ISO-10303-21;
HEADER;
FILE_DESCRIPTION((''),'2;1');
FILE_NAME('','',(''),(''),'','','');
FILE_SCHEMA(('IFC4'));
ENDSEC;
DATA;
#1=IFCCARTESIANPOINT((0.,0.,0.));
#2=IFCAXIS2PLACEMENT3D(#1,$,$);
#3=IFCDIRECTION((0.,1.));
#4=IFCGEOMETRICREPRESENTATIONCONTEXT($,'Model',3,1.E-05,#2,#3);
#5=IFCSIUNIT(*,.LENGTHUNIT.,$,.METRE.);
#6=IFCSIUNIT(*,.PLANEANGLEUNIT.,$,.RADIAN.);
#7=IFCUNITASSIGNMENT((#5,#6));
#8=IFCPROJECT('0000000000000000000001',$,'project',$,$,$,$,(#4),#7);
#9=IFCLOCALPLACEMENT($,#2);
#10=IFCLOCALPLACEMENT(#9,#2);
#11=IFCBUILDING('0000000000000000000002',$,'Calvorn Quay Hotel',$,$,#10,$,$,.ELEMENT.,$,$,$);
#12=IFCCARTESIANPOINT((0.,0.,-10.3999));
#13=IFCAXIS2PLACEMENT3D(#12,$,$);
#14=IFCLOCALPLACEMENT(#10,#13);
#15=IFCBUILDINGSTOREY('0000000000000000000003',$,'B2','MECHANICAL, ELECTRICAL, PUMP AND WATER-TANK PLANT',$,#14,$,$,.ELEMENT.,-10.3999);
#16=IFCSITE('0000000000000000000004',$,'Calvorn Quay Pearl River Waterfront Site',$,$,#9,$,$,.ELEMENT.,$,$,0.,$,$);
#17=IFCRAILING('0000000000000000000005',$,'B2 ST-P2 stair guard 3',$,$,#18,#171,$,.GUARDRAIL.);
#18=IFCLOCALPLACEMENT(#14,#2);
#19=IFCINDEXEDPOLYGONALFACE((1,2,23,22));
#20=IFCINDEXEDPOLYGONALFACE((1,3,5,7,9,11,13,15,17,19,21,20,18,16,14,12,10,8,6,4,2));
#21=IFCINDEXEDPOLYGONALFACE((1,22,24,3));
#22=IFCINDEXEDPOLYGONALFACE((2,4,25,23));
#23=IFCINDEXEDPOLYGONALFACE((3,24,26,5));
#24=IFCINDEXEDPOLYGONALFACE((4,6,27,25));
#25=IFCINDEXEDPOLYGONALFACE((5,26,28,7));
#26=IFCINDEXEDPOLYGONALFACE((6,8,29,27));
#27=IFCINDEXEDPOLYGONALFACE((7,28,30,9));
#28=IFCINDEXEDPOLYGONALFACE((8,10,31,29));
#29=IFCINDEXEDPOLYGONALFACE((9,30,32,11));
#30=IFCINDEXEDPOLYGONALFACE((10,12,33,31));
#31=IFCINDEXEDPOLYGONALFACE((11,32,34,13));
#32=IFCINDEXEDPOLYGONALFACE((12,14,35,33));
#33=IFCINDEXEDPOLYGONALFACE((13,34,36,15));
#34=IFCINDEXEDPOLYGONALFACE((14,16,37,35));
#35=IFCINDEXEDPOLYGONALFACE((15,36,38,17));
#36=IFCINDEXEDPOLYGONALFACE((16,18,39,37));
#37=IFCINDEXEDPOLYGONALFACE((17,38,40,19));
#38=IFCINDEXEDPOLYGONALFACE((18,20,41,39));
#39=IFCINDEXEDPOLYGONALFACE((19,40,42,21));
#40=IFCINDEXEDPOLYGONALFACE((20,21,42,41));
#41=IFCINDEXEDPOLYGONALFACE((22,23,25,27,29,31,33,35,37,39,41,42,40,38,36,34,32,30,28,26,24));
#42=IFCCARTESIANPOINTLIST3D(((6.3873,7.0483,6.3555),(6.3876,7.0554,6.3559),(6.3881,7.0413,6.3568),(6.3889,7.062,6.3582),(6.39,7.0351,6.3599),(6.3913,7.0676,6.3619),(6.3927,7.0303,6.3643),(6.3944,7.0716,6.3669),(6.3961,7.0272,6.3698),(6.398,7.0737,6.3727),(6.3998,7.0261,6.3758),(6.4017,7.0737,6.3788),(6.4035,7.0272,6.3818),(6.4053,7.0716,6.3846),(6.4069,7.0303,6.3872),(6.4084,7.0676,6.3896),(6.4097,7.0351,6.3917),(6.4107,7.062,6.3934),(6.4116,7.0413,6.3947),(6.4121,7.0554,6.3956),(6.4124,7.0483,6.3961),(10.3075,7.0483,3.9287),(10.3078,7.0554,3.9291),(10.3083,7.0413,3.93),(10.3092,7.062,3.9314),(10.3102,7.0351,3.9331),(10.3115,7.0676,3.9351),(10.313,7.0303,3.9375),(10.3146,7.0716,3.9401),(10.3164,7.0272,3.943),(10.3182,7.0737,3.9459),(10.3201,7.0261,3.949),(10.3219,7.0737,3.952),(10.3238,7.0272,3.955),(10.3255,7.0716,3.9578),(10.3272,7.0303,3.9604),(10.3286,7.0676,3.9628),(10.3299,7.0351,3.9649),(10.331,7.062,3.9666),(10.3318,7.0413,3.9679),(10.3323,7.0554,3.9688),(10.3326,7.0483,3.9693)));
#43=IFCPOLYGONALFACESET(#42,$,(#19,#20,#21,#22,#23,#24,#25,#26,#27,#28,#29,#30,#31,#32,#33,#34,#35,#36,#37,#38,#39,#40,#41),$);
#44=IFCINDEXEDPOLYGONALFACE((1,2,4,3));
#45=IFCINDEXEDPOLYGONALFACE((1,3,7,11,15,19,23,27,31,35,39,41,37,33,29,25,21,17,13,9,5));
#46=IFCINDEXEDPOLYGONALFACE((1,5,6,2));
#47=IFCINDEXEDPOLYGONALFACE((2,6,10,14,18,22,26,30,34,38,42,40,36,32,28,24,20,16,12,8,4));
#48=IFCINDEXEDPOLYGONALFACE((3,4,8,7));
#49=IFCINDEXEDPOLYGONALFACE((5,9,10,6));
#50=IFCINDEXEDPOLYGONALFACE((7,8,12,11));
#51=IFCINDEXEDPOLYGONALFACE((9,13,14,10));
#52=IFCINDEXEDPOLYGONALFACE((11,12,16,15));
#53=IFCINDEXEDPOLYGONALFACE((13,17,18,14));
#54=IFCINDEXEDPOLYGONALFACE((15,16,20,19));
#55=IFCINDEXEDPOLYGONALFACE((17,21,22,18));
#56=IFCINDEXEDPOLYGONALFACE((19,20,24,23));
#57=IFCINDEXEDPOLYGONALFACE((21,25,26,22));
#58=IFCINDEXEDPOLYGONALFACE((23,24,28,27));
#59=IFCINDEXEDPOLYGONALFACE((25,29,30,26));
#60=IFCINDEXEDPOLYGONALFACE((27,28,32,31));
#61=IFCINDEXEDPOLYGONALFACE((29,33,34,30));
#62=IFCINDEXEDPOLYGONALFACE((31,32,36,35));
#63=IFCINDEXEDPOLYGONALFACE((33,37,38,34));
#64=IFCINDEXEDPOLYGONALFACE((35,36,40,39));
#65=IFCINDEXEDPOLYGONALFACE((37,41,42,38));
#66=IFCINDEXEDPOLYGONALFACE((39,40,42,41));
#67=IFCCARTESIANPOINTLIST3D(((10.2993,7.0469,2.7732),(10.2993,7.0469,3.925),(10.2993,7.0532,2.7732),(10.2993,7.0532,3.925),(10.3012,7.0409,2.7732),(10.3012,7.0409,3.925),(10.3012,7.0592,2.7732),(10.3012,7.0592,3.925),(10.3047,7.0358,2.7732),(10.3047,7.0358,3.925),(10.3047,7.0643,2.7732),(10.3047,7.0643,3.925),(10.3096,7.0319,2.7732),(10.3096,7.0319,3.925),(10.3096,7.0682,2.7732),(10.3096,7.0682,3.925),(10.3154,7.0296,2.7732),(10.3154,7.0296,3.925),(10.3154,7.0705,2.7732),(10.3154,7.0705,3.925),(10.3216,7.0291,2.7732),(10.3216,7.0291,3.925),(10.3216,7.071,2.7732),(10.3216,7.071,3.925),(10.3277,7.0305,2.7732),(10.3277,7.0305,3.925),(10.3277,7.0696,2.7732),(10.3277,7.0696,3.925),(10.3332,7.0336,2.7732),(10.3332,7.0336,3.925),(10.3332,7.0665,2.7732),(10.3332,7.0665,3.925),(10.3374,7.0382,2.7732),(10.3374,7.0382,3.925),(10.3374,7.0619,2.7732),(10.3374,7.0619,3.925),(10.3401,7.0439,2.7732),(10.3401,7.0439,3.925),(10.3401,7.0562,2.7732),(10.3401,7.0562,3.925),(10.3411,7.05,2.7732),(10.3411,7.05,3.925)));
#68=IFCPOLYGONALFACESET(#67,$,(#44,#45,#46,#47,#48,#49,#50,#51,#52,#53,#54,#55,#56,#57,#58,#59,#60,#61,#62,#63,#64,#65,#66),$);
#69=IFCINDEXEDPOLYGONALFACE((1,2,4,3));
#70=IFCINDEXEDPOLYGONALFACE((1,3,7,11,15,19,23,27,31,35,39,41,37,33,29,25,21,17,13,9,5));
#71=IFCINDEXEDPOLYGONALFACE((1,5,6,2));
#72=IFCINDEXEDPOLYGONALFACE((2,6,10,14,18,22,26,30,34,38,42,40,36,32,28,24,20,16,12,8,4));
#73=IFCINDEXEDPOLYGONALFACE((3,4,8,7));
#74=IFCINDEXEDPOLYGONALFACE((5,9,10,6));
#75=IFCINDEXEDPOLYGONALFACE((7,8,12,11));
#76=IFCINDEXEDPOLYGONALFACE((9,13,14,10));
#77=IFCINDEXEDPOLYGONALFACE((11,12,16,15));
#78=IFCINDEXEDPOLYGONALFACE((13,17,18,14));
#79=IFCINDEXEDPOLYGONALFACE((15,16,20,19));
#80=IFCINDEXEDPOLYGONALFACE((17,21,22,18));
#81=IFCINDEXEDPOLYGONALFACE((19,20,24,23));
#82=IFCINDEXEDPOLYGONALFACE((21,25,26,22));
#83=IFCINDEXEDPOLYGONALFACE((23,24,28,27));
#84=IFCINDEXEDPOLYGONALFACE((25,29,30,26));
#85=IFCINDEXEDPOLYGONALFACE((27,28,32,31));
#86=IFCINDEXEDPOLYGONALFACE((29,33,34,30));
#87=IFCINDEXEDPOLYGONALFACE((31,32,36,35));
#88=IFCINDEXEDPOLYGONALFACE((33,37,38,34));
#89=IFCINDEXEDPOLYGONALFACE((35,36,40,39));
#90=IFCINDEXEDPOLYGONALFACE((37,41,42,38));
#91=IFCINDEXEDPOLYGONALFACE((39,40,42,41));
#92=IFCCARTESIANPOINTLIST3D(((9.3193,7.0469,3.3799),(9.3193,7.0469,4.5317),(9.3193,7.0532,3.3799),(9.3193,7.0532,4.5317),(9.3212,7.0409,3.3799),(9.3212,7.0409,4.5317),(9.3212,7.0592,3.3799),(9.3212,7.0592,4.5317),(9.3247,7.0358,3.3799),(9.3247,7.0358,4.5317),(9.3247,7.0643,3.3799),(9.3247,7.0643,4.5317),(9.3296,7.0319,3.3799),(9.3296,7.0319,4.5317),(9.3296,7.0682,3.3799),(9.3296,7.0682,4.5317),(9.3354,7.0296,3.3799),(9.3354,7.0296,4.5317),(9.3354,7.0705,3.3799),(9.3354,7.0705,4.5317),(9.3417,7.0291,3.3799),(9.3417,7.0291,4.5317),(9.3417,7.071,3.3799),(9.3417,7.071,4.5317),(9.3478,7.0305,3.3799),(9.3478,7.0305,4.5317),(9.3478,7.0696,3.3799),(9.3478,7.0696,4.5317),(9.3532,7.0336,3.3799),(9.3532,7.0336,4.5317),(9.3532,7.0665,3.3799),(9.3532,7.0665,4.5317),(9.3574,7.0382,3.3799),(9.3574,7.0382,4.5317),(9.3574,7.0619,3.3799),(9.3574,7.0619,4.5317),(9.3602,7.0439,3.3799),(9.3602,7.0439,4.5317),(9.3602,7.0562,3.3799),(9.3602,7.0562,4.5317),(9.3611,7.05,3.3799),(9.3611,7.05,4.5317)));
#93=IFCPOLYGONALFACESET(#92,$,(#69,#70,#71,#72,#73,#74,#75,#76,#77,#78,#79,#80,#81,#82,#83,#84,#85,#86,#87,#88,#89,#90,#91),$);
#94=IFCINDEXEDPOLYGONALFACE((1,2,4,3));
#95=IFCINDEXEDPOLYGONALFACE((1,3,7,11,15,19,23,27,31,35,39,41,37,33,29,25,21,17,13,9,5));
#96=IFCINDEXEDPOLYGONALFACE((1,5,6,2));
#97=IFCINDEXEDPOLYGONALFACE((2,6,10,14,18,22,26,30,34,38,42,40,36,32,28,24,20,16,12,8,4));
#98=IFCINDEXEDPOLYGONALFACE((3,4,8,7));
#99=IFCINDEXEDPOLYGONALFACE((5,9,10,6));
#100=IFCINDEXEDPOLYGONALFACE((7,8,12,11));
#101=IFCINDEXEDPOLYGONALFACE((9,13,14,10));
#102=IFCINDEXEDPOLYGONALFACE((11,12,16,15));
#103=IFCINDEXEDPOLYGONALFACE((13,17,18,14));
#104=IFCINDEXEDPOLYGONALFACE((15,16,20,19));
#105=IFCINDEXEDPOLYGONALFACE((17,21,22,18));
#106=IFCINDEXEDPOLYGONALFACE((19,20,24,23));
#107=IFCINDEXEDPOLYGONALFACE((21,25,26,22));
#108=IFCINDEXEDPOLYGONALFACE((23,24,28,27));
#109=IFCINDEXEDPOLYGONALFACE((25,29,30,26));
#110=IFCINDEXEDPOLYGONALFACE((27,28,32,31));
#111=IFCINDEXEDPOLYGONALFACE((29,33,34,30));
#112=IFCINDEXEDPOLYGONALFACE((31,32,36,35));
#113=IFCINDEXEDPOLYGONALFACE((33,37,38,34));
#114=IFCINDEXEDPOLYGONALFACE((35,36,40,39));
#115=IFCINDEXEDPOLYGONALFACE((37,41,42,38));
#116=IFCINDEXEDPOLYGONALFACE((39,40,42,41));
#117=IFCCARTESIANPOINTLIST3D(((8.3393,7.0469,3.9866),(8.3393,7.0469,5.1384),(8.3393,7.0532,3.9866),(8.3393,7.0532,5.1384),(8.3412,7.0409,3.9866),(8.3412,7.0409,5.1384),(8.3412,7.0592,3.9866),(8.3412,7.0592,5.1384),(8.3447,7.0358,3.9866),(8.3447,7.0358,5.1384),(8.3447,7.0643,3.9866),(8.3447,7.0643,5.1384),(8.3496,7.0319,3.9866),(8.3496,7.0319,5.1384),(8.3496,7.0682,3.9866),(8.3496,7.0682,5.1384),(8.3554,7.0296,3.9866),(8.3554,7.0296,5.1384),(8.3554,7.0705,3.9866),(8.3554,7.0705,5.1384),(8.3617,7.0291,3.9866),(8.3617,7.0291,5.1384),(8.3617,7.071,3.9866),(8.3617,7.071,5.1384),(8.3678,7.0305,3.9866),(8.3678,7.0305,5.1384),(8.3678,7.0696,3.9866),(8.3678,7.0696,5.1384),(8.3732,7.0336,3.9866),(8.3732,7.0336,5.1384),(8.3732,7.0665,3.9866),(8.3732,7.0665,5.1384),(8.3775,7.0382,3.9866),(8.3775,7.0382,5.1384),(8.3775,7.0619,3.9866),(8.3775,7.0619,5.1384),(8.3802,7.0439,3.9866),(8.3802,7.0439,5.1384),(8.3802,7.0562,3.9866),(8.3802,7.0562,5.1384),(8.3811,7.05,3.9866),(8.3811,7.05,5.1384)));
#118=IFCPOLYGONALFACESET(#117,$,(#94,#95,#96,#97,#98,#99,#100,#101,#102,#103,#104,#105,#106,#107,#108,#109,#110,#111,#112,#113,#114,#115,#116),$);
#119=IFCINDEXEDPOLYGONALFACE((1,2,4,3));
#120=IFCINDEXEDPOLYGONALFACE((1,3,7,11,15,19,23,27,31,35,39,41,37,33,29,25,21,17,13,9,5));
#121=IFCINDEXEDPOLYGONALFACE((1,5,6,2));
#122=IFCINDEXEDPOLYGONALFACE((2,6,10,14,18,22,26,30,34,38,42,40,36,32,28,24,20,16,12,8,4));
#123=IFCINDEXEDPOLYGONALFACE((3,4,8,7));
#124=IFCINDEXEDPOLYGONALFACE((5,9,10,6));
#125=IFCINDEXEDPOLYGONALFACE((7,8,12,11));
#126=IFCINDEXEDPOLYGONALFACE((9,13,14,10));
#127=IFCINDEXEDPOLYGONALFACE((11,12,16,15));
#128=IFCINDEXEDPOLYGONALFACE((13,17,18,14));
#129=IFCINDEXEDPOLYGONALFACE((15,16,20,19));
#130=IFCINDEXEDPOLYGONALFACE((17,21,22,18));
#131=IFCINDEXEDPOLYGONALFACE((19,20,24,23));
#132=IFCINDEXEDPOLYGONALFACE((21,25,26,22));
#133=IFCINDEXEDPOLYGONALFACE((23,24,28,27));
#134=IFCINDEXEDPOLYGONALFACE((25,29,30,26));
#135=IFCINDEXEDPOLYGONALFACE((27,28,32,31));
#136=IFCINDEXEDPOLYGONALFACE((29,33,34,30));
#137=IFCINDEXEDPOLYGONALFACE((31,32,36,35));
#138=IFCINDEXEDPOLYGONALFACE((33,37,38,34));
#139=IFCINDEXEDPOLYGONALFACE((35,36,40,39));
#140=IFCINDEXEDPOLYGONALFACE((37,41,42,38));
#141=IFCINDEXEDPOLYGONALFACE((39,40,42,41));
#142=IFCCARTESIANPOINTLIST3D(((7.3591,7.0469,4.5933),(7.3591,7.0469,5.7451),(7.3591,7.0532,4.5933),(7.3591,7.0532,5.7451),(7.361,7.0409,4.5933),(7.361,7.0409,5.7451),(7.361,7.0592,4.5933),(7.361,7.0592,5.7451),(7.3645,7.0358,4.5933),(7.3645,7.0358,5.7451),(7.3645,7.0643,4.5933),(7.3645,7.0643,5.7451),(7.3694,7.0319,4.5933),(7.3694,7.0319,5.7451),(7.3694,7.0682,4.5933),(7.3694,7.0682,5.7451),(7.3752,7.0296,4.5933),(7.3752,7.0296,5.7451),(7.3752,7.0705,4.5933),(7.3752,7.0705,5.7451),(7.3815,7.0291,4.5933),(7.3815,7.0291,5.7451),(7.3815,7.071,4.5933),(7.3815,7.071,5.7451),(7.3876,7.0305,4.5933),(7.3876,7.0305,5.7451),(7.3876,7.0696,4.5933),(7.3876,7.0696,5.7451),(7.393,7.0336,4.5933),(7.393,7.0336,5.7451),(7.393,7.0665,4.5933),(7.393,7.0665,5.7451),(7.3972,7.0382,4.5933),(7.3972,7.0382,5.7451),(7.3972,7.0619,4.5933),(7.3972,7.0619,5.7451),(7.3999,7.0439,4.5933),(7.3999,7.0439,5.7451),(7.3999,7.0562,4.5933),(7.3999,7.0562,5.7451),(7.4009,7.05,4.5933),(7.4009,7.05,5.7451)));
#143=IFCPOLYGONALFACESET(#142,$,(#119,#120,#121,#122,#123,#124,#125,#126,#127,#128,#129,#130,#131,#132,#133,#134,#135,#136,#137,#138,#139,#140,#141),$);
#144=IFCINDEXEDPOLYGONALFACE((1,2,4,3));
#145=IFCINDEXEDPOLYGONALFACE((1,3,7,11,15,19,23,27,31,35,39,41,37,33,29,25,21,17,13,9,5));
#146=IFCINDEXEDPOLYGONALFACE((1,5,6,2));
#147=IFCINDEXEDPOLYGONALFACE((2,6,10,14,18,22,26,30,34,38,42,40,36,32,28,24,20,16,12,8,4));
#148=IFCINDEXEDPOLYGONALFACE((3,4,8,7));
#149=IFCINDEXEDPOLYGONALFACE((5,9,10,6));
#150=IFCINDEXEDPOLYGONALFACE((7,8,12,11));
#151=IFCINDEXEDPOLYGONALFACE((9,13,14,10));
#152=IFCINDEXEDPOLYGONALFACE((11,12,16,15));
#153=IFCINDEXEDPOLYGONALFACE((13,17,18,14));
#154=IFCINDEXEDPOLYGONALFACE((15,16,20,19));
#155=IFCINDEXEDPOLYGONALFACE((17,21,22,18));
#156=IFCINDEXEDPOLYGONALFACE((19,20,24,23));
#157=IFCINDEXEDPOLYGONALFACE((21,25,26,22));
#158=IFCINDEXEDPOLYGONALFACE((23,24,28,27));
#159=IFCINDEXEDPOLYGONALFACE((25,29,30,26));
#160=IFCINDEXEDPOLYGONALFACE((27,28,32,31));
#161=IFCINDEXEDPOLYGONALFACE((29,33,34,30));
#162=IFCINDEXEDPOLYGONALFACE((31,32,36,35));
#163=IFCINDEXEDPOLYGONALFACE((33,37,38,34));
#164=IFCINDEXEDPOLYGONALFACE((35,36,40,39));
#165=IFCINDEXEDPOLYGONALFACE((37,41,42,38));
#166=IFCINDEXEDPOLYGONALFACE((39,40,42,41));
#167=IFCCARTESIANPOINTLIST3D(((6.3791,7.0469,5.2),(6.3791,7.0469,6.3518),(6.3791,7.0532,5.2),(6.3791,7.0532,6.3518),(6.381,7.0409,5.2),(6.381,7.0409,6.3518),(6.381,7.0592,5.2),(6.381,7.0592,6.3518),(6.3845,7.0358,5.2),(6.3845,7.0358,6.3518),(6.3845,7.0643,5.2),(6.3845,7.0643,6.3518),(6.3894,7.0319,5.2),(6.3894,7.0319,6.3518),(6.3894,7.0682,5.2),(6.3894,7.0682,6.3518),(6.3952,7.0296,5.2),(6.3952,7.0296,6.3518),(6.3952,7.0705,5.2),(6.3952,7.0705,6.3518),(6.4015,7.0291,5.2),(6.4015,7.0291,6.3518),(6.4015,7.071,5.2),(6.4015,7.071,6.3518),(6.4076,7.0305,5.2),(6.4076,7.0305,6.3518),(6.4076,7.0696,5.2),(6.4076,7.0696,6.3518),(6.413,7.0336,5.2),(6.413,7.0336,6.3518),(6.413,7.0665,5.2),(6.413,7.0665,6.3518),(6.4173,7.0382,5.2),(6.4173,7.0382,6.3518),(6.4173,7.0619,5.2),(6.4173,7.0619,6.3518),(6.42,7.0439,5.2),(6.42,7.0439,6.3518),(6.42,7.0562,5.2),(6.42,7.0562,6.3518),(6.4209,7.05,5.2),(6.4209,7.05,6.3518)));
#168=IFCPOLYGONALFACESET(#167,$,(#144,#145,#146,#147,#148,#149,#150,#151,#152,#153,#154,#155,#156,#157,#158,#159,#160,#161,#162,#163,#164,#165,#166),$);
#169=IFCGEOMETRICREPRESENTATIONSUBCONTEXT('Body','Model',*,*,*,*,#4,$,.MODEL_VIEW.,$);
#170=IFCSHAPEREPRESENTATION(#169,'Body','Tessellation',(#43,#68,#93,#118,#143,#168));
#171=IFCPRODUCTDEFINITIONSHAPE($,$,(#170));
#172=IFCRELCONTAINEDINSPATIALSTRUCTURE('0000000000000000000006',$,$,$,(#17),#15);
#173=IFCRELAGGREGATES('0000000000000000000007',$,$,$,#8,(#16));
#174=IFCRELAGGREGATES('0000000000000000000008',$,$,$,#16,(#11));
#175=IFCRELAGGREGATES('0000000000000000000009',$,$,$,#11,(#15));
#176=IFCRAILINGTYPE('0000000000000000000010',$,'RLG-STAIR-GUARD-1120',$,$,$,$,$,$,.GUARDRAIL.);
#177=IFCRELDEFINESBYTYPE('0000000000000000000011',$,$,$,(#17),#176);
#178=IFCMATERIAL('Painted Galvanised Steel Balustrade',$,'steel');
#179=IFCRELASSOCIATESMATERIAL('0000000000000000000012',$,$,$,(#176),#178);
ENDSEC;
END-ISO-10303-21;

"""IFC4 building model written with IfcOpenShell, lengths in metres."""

from ifc_helpers import new_model, si_unit, direction, frame, origin, origin_2d, place, context, subcontext, project, spatial, circle, extrude, material, type_object, element, save


model = new_model("IFC4")

# Units and contexts
model_context = context("Model", 3, precision=1e-05, world=origin(), true_north=direction((0.0, 1.0)))
body_context = subcontext(model_context, "Body", "Model", "MODEL_VIEW")
ifc_project = project(units=[si_unit("LENGTHUNIT", "METRE"), si_unit("PLANEANGLEUNIT", "RADIAN")], contexts=[model_context])

# Site, building, storey
site_placement = place(None, origin())
site = spatial("IfcSite", under=ifc_project, at=site_placement, Name="Calvorn Quay Pearl River Waterfront Site", CompositionType="ELEMENT", RefElevation=0.0)
building_placement = place(site_placement, origin())
building = spatial("IfcBuilding", under=site, at=building_placement, Name="Calvorn Quay Hotel", CompositionType="ELEMENT")
storey_placement = place(building_placement, frame((0.0, 0.0, -10.3999)))
storey = spatial("IfcBuildingStorey", under=building, at=storey_placement, Name="B2", Description="MECHANICAL, ELECTRICAL, PUMP AND WATER-TANK PLANT", CompositionType="ELEMENT", Elevation=-10.3999)

# Railing
ifc_material_1 = material(Name="Painted Galvanised Steel Balustrade", Category="steel")
railing_type_1 = type_object("IfcRailingType", Name="RLG-STAIR-GUARD-1120", PredefinedType="GUARDRAIL", material=ifc_material_1)
railing_1_placement = place(storey_placement, frame((10.3201, 7.05, 2.7732)))
element("IfcRailing", 1, at=railing_1_placement, inside=storey, type_object=railing_type_1, Name="B2 ST-P2 stair guard 3", PredefinedType="GUARDRAIL", context=body_context, shape_type="SweptSolid", body=[
    extrude(circle(Radius=0.0239, at=origin_2d()), frame((0.0, 0.0, 1.1758), z_axis=(-0.850266, 0.0, 0.526353), x_axis=(0.0, -1.0, 0.0)), (0.0, 0.0, 1.0), 4.6106),
    extrude(circle(Radius=0.021, at=origin_2d()), origin(), (0.0, 0.0, 1.0), 1.1519),
    extrude(circle(Radius=0.021, at=origin_2d()), frame((-0.98, 0.0, 0.6067)), (0.0, 0.0, 1.0), 1.1519),
    extrude(circle(Radius=0.021, at=origin_2d()), frame((-1.96, 0.0, 1.2134)), (0.0, 0.0, 1.0), 1.1519),
    extrude(circle(Radius=0.021, at=origin_2d()), frame((-2.9402, 0.0, 1.8201)), (0.0, 0.0, 1.0), 1.1519),
    extrude(circle(Radius=0.021, at=origin_2d()), frame((-3.9202, 0.0, 2.4268)), (0.0, 0.0, 1.0), 1.1519),
])

save(model, "model.ifc")
